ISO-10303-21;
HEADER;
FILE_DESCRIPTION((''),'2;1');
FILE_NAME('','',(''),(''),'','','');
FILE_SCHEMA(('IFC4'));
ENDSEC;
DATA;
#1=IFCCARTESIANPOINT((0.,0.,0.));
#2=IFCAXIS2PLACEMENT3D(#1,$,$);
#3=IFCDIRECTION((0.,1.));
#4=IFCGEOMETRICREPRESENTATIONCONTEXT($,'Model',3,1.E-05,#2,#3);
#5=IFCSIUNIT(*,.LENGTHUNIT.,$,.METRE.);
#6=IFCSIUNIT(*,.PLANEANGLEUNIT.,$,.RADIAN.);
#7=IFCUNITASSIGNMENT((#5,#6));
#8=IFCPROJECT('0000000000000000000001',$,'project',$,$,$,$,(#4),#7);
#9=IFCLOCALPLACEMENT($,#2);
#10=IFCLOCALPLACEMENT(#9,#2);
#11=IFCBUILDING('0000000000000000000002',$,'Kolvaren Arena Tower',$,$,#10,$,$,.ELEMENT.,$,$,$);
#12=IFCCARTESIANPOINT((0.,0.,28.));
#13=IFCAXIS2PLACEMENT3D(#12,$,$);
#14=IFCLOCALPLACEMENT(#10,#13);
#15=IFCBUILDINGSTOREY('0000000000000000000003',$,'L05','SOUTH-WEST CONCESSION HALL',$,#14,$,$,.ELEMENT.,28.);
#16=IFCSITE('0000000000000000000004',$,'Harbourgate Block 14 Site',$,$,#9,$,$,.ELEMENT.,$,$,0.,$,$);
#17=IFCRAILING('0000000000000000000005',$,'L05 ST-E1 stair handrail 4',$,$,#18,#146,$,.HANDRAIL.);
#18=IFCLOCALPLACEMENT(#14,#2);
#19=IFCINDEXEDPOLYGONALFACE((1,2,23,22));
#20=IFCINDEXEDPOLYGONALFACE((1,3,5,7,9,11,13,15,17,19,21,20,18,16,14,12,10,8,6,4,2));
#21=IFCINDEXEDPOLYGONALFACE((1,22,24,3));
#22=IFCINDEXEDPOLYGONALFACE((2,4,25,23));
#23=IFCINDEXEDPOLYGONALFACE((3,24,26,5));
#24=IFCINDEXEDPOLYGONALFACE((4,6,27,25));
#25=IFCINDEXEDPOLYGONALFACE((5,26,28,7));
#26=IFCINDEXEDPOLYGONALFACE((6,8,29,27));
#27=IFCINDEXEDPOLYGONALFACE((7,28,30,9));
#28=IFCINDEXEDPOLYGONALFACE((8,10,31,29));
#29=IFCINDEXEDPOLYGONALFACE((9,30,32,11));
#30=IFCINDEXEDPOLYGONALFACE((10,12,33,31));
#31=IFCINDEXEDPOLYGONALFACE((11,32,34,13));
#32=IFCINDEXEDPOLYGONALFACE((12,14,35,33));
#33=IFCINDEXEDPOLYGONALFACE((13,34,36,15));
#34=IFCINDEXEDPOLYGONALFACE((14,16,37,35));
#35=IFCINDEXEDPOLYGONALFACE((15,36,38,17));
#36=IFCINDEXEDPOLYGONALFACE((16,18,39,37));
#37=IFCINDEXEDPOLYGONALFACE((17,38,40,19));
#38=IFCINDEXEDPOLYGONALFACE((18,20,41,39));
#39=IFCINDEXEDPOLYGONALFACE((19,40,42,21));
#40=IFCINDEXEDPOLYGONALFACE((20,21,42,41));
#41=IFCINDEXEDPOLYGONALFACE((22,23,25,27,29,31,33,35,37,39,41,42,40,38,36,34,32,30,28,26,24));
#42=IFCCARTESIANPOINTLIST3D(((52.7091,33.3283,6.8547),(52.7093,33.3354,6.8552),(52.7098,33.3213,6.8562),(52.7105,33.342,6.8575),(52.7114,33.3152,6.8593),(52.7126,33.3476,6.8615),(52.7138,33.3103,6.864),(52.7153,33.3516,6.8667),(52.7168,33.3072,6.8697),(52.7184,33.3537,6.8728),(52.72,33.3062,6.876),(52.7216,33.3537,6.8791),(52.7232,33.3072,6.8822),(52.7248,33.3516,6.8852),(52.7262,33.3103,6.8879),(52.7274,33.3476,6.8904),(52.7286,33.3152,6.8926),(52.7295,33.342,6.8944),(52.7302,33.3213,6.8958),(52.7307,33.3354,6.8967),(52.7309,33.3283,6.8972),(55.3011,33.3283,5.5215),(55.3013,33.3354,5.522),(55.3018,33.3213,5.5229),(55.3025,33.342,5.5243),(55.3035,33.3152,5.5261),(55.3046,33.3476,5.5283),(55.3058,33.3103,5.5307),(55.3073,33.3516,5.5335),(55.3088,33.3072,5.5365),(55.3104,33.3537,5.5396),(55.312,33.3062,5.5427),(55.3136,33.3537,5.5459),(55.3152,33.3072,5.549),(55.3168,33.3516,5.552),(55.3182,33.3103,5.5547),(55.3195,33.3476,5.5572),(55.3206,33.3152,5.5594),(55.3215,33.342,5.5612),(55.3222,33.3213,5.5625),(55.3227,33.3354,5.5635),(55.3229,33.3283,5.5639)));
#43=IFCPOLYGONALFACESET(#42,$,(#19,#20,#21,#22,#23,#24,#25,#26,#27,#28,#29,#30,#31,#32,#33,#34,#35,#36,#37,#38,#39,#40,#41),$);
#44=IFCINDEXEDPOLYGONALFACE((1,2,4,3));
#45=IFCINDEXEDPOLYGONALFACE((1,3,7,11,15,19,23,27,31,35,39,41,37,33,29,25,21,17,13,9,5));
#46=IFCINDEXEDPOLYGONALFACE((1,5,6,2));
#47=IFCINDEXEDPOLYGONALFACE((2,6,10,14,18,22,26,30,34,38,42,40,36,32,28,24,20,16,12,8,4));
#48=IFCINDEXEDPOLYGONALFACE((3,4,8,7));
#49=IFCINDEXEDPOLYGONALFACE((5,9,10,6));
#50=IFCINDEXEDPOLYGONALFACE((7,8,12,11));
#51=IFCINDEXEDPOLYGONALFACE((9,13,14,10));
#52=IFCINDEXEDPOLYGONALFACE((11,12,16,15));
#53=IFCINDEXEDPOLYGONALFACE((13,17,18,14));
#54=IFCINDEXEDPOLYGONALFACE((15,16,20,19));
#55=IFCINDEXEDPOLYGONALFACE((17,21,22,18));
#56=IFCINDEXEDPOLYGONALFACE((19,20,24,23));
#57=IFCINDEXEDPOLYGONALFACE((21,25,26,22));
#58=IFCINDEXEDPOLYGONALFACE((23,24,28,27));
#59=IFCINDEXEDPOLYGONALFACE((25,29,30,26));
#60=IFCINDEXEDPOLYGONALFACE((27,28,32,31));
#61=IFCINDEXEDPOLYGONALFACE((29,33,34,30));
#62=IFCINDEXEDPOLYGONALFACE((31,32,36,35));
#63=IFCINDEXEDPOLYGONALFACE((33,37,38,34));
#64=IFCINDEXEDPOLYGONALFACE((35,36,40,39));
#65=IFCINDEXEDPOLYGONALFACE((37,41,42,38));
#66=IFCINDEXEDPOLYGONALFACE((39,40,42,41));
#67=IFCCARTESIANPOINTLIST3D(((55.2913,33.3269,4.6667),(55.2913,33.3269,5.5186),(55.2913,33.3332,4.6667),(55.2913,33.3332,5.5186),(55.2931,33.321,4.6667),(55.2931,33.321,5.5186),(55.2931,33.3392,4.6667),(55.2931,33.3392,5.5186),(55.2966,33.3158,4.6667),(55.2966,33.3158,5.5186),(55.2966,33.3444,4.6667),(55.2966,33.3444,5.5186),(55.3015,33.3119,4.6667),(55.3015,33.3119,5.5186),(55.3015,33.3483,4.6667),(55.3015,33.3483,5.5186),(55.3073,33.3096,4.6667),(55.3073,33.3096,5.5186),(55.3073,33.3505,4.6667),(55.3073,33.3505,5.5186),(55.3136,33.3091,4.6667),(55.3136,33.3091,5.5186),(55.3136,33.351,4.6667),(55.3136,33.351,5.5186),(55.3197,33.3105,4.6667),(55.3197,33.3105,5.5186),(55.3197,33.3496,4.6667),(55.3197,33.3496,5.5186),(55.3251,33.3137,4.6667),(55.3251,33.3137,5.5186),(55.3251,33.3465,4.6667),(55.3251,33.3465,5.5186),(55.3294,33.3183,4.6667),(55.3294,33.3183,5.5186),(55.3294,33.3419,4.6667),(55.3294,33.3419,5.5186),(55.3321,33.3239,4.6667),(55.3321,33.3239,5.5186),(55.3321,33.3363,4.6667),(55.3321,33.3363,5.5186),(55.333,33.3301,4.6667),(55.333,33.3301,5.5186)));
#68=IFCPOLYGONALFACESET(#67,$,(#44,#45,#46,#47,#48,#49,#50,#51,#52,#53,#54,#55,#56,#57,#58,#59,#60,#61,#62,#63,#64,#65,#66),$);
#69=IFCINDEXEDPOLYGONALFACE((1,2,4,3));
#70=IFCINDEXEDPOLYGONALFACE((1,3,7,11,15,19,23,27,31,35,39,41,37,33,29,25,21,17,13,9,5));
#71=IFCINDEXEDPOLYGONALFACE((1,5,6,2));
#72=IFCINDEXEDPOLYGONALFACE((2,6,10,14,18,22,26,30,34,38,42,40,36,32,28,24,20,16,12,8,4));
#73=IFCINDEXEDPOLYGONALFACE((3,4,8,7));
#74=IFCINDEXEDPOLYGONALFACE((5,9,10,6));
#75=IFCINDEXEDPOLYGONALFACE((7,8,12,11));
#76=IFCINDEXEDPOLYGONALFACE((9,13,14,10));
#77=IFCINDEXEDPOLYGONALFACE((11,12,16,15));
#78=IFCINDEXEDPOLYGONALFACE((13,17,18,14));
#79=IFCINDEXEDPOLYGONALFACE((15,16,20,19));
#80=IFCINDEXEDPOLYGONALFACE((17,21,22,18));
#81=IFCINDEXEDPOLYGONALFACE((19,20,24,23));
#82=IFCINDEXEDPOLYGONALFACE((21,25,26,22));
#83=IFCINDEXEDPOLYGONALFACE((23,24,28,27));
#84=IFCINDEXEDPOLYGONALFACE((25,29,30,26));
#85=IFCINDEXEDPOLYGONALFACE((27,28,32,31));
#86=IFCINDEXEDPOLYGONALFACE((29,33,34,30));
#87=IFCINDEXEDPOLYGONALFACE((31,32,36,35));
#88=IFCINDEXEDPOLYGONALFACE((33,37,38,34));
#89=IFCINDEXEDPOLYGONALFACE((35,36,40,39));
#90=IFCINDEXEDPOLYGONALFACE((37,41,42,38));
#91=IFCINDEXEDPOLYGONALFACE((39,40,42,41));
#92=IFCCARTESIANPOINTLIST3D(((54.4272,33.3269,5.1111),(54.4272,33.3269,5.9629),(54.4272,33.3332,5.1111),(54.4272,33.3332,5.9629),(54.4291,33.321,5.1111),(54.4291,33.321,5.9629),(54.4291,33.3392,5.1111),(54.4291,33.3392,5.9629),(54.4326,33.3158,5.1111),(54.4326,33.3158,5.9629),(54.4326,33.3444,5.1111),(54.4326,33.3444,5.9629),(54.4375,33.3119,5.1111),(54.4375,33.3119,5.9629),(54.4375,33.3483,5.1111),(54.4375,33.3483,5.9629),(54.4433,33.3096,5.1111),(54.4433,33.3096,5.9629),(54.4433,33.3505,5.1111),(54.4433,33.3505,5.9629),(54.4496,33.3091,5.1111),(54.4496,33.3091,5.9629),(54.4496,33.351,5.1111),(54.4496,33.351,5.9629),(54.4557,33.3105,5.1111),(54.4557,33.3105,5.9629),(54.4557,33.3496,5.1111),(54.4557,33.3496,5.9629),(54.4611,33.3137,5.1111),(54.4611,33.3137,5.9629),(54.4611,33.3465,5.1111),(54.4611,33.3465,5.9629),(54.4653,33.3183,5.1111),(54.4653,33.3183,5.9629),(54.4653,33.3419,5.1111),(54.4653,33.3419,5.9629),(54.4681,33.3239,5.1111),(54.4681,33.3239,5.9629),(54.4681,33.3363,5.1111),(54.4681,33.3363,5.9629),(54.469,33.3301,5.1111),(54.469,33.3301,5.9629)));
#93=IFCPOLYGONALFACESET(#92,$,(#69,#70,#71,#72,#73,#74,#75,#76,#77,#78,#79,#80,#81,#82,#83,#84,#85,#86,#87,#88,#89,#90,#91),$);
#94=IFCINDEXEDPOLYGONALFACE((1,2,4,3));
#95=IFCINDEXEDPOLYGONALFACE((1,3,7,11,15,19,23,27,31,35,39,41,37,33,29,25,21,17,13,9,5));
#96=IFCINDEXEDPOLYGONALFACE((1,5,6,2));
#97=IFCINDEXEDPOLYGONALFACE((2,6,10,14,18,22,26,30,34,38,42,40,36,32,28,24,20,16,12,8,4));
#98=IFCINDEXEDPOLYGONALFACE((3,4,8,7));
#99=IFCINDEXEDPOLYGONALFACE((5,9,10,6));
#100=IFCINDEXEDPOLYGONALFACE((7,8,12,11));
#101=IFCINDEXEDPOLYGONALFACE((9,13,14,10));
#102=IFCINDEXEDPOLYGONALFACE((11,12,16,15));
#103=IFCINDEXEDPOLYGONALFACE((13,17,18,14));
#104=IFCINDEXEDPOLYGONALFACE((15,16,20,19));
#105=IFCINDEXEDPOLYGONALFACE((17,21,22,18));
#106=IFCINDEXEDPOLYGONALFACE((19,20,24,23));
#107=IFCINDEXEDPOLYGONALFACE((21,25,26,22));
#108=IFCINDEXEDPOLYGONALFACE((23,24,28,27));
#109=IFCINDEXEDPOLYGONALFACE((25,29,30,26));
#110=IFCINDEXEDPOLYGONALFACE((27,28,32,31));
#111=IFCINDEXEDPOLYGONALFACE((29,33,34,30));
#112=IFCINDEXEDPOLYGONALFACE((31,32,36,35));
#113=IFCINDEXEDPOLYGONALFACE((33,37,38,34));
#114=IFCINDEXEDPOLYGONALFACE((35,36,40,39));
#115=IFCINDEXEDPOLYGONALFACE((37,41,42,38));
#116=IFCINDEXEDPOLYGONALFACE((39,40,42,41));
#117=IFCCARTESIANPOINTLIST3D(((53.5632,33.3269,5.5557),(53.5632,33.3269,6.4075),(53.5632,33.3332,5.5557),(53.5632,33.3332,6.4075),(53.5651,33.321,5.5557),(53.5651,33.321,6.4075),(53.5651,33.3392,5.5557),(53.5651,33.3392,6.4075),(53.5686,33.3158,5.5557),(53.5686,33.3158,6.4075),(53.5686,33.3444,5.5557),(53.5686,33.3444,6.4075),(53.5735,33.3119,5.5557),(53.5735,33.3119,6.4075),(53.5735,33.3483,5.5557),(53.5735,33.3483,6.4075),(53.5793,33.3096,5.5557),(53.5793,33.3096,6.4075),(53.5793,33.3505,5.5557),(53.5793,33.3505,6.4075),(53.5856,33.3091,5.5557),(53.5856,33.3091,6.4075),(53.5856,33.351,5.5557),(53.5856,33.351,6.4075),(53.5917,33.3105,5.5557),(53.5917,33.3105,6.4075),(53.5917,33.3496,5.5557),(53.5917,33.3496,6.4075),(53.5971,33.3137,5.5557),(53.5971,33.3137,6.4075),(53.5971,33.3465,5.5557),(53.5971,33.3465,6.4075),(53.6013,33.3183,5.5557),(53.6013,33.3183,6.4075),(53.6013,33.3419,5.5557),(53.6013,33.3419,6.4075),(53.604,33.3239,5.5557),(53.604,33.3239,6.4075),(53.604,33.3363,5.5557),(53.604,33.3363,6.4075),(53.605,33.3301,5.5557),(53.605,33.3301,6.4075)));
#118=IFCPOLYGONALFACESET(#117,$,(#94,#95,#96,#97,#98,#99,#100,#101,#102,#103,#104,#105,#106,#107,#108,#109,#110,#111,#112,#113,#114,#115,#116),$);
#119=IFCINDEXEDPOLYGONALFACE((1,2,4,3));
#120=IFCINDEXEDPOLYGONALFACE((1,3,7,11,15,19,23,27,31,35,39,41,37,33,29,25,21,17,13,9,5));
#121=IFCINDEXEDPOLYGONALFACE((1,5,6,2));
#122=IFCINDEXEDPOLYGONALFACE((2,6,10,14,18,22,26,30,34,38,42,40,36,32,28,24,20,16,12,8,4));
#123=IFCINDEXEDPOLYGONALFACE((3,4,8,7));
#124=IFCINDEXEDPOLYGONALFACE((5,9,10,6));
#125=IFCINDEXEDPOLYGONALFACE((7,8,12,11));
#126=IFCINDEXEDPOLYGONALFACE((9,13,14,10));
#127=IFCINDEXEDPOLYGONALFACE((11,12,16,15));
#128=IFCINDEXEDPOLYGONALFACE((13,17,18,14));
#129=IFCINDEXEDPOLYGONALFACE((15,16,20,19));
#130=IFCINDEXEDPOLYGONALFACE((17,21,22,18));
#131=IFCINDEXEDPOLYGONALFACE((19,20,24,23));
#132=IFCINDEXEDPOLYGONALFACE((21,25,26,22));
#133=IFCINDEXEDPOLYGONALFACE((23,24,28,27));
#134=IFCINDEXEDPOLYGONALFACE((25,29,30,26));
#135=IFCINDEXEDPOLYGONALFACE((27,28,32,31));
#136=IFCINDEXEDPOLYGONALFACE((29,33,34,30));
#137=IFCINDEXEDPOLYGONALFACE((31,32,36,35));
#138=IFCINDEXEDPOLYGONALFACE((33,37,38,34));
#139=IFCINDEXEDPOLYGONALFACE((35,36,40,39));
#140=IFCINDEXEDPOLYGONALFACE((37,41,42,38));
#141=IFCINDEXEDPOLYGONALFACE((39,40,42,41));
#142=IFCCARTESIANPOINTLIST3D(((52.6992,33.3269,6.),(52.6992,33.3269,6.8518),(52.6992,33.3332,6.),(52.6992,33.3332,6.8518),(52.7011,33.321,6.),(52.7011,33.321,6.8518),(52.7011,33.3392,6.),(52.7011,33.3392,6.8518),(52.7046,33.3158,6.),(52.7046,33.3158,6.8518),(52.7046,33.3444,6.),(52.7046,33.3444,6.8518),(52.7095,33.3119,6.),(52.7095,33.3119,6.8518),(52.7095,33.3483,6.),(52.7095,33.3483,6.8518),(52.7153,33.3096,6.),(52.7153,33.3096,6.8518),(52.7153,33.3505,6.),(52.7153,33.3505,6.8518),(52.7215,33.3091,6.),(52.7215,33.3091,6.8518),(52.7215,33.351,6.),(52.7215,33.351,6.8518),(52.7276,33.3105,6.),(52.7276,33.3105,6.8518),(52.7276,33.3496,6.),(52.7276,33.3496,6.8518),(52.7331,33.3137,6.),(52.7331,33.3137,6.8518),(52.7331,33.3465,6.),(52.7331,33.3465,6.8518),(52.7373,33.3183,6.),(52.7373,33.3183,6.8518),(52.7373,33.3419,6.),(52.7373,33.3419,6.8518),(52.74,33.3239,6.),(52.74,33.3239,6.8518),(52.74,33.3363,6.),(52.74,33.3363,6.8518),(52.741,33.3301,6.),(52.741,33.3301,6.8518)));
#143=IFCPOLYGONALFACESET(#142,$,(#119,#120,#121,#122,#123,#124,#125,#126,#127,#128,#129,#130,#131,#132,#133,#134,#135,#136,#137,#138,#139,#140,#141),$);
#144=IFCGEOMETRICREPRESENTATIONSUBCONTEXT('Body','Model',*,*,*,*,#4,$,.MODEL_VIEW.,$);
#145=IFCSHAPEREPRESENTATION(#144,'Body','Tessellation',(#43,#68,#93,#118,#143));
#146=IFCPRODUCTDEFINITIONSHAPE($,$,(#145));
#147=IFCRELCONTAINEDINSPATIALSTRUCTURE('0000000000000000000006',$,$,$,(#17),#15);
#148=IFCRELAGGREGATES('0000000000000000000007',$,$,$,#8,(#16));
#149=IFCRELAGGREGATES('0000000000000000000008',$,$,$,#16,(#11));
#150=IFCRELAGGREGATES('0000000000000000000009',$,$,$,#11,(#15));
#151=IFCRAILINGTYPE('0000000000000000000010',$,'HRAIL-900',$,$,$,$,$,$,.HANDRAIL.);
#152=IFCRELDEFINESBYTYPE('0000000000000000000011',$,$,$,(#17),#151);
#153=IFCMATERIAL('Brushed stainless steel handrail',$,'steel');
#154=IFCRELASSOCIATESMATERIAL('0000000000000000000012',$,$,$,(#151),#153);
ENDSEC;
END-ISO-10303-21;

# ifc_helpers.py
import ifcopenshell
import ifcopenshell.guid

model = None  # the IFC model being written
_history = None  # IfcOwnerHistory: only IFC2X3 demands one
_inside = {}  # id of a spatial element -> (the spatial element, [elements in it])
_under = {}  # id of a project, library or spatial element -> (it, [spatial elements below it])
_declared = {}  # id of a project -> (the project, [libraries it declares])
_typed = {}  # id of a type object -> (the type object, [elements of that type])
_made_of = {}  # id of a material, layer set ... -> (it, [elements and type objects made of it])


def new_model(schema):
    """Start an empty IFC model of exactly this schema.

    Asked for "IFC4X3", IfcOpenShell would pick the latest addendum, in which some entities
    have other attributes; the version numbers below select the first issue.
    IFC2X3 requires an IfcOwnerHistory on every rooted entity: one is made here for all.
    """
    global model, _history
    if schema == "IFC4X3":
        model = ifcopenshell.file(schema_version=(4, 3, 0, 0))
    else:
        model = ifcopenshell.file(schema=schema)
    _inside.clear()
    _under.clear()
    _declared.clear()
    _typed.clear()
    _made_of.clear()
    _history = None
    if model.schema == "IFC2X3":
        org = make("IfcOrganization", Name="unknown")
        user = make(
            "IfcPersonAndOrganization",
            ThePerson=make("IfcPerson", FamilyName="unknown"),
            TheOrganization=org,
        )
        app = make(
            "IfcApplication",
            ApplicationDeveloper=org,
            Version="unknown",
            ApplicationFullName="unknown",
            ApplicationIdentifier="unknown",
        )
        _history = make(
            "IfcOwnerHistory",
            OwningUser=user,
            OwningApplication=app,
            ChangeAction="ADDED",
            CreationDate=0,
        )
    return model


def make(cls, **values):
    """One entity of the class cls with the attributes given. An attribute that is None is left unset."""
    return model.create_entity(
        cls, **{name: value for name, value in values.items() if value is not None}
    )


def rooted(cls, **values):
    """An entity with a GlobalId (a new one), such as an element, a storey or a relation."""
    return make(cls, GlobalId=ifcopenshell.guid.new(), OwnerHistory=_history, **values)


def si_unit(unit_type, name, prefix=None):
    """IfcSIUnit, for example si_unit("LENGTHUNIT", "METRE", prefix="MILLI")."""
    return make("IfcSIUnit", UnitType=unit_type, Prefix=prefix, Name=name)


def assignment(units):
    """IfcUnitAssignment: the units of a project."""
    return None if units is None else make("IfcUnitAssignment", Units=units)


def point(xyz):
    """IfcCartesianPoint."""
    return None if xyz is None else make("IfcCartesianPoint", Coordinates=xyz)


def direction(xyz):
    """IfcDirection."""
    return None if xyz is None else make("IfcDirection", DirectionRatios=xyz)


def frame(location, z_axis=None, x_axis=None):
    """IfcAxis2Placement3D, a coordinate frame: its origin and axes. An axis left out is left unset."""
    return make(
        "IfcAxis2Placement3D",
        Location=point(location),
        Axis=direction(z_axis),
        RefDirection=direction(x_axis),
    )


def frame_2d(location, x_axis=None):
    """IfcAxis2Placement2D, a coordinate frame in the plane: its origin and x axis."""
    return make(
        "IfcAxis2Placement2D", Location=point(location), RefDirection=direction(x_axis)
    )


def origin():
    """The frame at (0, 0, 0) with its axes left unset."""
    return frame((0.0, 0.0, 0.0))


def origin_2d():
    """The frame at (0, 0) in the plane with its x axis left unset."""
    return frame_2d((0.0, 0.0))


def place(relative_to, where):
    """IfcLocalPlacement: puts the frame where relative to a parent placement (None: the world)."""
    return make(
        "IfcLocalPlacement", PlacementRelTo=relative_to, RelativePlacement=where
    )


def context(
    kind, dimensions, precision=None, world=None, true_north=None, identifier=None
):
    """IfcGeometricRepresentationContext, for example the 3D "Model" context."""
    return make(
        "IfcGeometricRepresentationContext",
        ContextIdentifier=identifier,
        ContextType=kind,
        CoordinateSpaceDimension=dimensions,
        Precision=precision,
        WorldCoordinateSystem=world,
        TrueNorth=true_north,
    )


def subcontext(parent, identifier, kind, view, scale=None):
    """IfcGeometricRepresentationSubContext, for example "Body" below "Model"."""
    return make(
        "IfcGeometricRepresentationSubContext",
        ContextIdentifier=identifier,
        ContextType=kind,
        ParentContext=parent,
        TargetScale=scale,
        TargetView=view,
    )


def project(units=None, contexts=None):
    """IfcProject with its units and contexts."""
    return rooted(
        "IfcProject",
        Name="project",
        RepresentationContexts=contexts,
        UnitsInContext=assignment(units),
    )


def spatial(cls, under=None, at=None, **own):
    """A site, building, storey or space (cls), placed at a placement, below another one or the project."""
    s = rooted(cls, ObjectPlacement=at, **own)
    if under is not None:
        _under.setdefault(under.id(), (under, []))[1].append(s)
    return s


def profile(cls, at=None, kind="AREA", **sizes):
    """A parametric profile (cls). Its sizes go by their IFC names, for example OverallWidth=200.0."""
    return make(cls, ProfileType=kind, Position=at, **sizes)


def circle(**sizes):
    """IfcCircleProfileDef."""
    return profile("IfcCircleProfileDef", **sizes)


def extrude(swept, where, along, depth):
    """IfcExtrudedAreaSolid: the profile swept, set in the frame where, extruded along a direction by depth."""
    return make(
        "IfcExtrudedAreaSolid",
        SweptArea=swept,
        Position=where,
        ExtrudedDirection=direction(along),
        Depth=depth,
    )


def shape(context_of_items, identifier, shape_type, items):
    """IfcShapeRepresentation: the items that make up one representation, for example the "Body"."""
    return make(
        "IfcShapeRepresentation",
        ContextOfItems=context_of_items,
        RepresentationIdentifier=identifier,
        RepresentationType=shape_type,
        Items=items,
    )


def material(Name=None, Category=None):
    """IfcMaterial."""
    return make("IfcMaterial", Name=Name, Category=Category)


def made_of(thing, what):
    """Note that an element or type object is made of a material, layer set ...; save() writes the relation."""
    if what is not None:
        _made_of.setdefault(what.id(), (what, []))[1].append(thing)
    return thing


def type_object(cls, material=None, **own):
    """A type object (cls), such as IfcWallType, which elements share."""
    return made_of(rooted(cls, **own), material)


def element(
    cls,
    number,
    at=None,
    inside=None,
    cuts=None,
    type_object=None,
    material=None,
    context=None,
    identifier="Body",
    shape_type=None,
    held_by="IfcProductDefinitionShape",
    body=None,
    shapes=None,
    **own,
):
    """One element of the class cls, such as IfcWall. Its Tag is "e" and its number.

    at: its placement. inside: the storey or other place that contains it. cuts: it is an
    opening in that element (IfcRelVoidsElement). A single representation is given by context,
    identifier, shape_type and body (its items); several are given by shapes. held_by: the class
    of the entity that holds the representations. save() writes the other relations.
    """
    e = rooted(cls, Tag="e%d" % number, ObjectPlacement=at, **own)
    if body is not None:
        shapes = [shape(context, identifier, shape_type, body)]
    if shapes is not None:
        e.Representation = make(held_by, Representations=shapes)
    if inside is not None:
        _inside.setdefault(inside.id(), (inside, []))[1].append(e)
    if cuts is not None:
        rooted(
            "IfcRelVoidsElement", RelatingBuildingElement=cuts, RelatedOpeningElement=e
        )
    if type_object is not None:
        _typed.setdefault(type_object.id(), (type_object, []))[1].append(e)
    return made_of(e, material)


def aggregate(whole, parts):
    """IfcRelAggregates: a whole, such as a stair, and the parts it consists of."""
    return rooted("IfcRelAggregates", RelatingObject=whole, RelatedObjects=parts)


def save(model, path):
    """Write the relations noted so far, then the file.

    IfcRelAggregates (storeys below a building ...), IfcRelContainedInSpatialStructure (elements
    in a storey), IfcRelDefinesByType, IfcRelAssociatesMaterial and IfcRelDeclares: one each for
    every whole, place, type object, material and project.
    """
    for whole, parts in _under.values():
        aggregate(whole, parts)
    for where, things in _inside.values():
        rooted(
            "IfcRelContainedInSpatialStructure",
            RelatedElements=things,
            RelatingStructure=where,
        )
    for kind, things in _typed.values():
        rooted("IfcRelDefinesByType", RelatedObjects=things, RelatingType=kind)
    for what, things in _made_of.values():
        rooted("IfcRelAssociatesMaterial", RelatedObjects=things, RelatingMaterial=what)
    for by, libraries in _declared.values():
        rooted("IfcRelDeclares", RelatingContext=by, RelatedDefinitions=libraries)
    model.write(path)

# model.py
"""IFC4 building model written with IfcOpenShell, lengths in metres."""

from ifc_helpers import new_model, si_unit, direction, frame, origin, origin_2d, place, context, subcontext, project, spatial, circle, extrude, material, type_object, element, save


model = new_model("IFC4")

# Units and contexts
model_context = context("Model", 3, precision=1e-05, world=origin(), true_north=direction((0.0, 1.0)))
body_context = subcontext(model_context, "Body", "Model", "MODEL_VIEW")
ifc_project = project(units=[si_unit("LENGTHUNIT", "METRE"), si_unit("PLANEANGLEUNIT", "RADIAN")], contexts=[model_context])

# Site, building, storey
site_placement = place(None, origin())
site = spatial("IfcSite", under=ifc_project, at=site_placement, Name="Harbourgate Block 14 Site", CompositionType="ELEMENT", RefElevation=0.0)
building_placement = place(site_placement, origin())
building = spatial("IfcBuilding", under=site, at=building_placement, Name="Kolvaren Arena Tower", CompositionType="ELEMENT")
storey_placement = place(building_placement, frame((0.0, 0.0, 28.0)))
storey = spatial("IfcBuildingStorey", under=building, at=storey_placement, Name="L05", Description="SOUTH-WEST CONCESSION HALL", CompositionType="ELEMENT", Elevation=28.0)

# Railing
ifc_material_1 = material(Name="Brushed stainless steel handrail", Category="steel")
railing_type_1 = type_object("IfcRailingType", Name="HRAIL-900", PredefinedType="HANDRAIL", material=ifc_material_1)
for number, where, name in (
    (1, (55.312, 33.3301, 4.6667), "L05 ST-E1 stair handrail 4"),
):
    element("IfcRailing", number, at=place(storey_placement, frame(where)), inside=storey, type_object=railing_type_1, Name=name, PredefinedType="HANDRAIL", context=body_context, shape_type="SweptSolid", body=[
        extrude(circle(Radius=0.0239, at=origin_2d()), frame((0.0, 0.0, 0.876), z_axis=(-0.88926, 0.0, 0.457403), x_axis=(0.0, -1.0, 0.0)), (0.0, 0.0, 1.0), 2.9148),
        extrude(circle(Radius=0.021, at=origin_2d()), origin(), (0.0, 0.0, 1.0), 0.8518),
        extrude(circle(Radius=0.021, at=origin_2d()), frame((-0.864, 0.0, 0.4443)), (0.0, 0.0, 1.0), 0.8518),
        extrude(circle(Radius=0.021, at=origin_2d()), frame((-1.728, 0.0, 0.8889)), (0.0, 0.0, 1.0), 0.8518),
        extrude(circle(Radius=0.021, at=origin_2d()), frame((-2.592, 0.0, 1.3333)), (0.0, 0.0, 1.0), 0.8518),
    ])

save(model, "model.ifc")
